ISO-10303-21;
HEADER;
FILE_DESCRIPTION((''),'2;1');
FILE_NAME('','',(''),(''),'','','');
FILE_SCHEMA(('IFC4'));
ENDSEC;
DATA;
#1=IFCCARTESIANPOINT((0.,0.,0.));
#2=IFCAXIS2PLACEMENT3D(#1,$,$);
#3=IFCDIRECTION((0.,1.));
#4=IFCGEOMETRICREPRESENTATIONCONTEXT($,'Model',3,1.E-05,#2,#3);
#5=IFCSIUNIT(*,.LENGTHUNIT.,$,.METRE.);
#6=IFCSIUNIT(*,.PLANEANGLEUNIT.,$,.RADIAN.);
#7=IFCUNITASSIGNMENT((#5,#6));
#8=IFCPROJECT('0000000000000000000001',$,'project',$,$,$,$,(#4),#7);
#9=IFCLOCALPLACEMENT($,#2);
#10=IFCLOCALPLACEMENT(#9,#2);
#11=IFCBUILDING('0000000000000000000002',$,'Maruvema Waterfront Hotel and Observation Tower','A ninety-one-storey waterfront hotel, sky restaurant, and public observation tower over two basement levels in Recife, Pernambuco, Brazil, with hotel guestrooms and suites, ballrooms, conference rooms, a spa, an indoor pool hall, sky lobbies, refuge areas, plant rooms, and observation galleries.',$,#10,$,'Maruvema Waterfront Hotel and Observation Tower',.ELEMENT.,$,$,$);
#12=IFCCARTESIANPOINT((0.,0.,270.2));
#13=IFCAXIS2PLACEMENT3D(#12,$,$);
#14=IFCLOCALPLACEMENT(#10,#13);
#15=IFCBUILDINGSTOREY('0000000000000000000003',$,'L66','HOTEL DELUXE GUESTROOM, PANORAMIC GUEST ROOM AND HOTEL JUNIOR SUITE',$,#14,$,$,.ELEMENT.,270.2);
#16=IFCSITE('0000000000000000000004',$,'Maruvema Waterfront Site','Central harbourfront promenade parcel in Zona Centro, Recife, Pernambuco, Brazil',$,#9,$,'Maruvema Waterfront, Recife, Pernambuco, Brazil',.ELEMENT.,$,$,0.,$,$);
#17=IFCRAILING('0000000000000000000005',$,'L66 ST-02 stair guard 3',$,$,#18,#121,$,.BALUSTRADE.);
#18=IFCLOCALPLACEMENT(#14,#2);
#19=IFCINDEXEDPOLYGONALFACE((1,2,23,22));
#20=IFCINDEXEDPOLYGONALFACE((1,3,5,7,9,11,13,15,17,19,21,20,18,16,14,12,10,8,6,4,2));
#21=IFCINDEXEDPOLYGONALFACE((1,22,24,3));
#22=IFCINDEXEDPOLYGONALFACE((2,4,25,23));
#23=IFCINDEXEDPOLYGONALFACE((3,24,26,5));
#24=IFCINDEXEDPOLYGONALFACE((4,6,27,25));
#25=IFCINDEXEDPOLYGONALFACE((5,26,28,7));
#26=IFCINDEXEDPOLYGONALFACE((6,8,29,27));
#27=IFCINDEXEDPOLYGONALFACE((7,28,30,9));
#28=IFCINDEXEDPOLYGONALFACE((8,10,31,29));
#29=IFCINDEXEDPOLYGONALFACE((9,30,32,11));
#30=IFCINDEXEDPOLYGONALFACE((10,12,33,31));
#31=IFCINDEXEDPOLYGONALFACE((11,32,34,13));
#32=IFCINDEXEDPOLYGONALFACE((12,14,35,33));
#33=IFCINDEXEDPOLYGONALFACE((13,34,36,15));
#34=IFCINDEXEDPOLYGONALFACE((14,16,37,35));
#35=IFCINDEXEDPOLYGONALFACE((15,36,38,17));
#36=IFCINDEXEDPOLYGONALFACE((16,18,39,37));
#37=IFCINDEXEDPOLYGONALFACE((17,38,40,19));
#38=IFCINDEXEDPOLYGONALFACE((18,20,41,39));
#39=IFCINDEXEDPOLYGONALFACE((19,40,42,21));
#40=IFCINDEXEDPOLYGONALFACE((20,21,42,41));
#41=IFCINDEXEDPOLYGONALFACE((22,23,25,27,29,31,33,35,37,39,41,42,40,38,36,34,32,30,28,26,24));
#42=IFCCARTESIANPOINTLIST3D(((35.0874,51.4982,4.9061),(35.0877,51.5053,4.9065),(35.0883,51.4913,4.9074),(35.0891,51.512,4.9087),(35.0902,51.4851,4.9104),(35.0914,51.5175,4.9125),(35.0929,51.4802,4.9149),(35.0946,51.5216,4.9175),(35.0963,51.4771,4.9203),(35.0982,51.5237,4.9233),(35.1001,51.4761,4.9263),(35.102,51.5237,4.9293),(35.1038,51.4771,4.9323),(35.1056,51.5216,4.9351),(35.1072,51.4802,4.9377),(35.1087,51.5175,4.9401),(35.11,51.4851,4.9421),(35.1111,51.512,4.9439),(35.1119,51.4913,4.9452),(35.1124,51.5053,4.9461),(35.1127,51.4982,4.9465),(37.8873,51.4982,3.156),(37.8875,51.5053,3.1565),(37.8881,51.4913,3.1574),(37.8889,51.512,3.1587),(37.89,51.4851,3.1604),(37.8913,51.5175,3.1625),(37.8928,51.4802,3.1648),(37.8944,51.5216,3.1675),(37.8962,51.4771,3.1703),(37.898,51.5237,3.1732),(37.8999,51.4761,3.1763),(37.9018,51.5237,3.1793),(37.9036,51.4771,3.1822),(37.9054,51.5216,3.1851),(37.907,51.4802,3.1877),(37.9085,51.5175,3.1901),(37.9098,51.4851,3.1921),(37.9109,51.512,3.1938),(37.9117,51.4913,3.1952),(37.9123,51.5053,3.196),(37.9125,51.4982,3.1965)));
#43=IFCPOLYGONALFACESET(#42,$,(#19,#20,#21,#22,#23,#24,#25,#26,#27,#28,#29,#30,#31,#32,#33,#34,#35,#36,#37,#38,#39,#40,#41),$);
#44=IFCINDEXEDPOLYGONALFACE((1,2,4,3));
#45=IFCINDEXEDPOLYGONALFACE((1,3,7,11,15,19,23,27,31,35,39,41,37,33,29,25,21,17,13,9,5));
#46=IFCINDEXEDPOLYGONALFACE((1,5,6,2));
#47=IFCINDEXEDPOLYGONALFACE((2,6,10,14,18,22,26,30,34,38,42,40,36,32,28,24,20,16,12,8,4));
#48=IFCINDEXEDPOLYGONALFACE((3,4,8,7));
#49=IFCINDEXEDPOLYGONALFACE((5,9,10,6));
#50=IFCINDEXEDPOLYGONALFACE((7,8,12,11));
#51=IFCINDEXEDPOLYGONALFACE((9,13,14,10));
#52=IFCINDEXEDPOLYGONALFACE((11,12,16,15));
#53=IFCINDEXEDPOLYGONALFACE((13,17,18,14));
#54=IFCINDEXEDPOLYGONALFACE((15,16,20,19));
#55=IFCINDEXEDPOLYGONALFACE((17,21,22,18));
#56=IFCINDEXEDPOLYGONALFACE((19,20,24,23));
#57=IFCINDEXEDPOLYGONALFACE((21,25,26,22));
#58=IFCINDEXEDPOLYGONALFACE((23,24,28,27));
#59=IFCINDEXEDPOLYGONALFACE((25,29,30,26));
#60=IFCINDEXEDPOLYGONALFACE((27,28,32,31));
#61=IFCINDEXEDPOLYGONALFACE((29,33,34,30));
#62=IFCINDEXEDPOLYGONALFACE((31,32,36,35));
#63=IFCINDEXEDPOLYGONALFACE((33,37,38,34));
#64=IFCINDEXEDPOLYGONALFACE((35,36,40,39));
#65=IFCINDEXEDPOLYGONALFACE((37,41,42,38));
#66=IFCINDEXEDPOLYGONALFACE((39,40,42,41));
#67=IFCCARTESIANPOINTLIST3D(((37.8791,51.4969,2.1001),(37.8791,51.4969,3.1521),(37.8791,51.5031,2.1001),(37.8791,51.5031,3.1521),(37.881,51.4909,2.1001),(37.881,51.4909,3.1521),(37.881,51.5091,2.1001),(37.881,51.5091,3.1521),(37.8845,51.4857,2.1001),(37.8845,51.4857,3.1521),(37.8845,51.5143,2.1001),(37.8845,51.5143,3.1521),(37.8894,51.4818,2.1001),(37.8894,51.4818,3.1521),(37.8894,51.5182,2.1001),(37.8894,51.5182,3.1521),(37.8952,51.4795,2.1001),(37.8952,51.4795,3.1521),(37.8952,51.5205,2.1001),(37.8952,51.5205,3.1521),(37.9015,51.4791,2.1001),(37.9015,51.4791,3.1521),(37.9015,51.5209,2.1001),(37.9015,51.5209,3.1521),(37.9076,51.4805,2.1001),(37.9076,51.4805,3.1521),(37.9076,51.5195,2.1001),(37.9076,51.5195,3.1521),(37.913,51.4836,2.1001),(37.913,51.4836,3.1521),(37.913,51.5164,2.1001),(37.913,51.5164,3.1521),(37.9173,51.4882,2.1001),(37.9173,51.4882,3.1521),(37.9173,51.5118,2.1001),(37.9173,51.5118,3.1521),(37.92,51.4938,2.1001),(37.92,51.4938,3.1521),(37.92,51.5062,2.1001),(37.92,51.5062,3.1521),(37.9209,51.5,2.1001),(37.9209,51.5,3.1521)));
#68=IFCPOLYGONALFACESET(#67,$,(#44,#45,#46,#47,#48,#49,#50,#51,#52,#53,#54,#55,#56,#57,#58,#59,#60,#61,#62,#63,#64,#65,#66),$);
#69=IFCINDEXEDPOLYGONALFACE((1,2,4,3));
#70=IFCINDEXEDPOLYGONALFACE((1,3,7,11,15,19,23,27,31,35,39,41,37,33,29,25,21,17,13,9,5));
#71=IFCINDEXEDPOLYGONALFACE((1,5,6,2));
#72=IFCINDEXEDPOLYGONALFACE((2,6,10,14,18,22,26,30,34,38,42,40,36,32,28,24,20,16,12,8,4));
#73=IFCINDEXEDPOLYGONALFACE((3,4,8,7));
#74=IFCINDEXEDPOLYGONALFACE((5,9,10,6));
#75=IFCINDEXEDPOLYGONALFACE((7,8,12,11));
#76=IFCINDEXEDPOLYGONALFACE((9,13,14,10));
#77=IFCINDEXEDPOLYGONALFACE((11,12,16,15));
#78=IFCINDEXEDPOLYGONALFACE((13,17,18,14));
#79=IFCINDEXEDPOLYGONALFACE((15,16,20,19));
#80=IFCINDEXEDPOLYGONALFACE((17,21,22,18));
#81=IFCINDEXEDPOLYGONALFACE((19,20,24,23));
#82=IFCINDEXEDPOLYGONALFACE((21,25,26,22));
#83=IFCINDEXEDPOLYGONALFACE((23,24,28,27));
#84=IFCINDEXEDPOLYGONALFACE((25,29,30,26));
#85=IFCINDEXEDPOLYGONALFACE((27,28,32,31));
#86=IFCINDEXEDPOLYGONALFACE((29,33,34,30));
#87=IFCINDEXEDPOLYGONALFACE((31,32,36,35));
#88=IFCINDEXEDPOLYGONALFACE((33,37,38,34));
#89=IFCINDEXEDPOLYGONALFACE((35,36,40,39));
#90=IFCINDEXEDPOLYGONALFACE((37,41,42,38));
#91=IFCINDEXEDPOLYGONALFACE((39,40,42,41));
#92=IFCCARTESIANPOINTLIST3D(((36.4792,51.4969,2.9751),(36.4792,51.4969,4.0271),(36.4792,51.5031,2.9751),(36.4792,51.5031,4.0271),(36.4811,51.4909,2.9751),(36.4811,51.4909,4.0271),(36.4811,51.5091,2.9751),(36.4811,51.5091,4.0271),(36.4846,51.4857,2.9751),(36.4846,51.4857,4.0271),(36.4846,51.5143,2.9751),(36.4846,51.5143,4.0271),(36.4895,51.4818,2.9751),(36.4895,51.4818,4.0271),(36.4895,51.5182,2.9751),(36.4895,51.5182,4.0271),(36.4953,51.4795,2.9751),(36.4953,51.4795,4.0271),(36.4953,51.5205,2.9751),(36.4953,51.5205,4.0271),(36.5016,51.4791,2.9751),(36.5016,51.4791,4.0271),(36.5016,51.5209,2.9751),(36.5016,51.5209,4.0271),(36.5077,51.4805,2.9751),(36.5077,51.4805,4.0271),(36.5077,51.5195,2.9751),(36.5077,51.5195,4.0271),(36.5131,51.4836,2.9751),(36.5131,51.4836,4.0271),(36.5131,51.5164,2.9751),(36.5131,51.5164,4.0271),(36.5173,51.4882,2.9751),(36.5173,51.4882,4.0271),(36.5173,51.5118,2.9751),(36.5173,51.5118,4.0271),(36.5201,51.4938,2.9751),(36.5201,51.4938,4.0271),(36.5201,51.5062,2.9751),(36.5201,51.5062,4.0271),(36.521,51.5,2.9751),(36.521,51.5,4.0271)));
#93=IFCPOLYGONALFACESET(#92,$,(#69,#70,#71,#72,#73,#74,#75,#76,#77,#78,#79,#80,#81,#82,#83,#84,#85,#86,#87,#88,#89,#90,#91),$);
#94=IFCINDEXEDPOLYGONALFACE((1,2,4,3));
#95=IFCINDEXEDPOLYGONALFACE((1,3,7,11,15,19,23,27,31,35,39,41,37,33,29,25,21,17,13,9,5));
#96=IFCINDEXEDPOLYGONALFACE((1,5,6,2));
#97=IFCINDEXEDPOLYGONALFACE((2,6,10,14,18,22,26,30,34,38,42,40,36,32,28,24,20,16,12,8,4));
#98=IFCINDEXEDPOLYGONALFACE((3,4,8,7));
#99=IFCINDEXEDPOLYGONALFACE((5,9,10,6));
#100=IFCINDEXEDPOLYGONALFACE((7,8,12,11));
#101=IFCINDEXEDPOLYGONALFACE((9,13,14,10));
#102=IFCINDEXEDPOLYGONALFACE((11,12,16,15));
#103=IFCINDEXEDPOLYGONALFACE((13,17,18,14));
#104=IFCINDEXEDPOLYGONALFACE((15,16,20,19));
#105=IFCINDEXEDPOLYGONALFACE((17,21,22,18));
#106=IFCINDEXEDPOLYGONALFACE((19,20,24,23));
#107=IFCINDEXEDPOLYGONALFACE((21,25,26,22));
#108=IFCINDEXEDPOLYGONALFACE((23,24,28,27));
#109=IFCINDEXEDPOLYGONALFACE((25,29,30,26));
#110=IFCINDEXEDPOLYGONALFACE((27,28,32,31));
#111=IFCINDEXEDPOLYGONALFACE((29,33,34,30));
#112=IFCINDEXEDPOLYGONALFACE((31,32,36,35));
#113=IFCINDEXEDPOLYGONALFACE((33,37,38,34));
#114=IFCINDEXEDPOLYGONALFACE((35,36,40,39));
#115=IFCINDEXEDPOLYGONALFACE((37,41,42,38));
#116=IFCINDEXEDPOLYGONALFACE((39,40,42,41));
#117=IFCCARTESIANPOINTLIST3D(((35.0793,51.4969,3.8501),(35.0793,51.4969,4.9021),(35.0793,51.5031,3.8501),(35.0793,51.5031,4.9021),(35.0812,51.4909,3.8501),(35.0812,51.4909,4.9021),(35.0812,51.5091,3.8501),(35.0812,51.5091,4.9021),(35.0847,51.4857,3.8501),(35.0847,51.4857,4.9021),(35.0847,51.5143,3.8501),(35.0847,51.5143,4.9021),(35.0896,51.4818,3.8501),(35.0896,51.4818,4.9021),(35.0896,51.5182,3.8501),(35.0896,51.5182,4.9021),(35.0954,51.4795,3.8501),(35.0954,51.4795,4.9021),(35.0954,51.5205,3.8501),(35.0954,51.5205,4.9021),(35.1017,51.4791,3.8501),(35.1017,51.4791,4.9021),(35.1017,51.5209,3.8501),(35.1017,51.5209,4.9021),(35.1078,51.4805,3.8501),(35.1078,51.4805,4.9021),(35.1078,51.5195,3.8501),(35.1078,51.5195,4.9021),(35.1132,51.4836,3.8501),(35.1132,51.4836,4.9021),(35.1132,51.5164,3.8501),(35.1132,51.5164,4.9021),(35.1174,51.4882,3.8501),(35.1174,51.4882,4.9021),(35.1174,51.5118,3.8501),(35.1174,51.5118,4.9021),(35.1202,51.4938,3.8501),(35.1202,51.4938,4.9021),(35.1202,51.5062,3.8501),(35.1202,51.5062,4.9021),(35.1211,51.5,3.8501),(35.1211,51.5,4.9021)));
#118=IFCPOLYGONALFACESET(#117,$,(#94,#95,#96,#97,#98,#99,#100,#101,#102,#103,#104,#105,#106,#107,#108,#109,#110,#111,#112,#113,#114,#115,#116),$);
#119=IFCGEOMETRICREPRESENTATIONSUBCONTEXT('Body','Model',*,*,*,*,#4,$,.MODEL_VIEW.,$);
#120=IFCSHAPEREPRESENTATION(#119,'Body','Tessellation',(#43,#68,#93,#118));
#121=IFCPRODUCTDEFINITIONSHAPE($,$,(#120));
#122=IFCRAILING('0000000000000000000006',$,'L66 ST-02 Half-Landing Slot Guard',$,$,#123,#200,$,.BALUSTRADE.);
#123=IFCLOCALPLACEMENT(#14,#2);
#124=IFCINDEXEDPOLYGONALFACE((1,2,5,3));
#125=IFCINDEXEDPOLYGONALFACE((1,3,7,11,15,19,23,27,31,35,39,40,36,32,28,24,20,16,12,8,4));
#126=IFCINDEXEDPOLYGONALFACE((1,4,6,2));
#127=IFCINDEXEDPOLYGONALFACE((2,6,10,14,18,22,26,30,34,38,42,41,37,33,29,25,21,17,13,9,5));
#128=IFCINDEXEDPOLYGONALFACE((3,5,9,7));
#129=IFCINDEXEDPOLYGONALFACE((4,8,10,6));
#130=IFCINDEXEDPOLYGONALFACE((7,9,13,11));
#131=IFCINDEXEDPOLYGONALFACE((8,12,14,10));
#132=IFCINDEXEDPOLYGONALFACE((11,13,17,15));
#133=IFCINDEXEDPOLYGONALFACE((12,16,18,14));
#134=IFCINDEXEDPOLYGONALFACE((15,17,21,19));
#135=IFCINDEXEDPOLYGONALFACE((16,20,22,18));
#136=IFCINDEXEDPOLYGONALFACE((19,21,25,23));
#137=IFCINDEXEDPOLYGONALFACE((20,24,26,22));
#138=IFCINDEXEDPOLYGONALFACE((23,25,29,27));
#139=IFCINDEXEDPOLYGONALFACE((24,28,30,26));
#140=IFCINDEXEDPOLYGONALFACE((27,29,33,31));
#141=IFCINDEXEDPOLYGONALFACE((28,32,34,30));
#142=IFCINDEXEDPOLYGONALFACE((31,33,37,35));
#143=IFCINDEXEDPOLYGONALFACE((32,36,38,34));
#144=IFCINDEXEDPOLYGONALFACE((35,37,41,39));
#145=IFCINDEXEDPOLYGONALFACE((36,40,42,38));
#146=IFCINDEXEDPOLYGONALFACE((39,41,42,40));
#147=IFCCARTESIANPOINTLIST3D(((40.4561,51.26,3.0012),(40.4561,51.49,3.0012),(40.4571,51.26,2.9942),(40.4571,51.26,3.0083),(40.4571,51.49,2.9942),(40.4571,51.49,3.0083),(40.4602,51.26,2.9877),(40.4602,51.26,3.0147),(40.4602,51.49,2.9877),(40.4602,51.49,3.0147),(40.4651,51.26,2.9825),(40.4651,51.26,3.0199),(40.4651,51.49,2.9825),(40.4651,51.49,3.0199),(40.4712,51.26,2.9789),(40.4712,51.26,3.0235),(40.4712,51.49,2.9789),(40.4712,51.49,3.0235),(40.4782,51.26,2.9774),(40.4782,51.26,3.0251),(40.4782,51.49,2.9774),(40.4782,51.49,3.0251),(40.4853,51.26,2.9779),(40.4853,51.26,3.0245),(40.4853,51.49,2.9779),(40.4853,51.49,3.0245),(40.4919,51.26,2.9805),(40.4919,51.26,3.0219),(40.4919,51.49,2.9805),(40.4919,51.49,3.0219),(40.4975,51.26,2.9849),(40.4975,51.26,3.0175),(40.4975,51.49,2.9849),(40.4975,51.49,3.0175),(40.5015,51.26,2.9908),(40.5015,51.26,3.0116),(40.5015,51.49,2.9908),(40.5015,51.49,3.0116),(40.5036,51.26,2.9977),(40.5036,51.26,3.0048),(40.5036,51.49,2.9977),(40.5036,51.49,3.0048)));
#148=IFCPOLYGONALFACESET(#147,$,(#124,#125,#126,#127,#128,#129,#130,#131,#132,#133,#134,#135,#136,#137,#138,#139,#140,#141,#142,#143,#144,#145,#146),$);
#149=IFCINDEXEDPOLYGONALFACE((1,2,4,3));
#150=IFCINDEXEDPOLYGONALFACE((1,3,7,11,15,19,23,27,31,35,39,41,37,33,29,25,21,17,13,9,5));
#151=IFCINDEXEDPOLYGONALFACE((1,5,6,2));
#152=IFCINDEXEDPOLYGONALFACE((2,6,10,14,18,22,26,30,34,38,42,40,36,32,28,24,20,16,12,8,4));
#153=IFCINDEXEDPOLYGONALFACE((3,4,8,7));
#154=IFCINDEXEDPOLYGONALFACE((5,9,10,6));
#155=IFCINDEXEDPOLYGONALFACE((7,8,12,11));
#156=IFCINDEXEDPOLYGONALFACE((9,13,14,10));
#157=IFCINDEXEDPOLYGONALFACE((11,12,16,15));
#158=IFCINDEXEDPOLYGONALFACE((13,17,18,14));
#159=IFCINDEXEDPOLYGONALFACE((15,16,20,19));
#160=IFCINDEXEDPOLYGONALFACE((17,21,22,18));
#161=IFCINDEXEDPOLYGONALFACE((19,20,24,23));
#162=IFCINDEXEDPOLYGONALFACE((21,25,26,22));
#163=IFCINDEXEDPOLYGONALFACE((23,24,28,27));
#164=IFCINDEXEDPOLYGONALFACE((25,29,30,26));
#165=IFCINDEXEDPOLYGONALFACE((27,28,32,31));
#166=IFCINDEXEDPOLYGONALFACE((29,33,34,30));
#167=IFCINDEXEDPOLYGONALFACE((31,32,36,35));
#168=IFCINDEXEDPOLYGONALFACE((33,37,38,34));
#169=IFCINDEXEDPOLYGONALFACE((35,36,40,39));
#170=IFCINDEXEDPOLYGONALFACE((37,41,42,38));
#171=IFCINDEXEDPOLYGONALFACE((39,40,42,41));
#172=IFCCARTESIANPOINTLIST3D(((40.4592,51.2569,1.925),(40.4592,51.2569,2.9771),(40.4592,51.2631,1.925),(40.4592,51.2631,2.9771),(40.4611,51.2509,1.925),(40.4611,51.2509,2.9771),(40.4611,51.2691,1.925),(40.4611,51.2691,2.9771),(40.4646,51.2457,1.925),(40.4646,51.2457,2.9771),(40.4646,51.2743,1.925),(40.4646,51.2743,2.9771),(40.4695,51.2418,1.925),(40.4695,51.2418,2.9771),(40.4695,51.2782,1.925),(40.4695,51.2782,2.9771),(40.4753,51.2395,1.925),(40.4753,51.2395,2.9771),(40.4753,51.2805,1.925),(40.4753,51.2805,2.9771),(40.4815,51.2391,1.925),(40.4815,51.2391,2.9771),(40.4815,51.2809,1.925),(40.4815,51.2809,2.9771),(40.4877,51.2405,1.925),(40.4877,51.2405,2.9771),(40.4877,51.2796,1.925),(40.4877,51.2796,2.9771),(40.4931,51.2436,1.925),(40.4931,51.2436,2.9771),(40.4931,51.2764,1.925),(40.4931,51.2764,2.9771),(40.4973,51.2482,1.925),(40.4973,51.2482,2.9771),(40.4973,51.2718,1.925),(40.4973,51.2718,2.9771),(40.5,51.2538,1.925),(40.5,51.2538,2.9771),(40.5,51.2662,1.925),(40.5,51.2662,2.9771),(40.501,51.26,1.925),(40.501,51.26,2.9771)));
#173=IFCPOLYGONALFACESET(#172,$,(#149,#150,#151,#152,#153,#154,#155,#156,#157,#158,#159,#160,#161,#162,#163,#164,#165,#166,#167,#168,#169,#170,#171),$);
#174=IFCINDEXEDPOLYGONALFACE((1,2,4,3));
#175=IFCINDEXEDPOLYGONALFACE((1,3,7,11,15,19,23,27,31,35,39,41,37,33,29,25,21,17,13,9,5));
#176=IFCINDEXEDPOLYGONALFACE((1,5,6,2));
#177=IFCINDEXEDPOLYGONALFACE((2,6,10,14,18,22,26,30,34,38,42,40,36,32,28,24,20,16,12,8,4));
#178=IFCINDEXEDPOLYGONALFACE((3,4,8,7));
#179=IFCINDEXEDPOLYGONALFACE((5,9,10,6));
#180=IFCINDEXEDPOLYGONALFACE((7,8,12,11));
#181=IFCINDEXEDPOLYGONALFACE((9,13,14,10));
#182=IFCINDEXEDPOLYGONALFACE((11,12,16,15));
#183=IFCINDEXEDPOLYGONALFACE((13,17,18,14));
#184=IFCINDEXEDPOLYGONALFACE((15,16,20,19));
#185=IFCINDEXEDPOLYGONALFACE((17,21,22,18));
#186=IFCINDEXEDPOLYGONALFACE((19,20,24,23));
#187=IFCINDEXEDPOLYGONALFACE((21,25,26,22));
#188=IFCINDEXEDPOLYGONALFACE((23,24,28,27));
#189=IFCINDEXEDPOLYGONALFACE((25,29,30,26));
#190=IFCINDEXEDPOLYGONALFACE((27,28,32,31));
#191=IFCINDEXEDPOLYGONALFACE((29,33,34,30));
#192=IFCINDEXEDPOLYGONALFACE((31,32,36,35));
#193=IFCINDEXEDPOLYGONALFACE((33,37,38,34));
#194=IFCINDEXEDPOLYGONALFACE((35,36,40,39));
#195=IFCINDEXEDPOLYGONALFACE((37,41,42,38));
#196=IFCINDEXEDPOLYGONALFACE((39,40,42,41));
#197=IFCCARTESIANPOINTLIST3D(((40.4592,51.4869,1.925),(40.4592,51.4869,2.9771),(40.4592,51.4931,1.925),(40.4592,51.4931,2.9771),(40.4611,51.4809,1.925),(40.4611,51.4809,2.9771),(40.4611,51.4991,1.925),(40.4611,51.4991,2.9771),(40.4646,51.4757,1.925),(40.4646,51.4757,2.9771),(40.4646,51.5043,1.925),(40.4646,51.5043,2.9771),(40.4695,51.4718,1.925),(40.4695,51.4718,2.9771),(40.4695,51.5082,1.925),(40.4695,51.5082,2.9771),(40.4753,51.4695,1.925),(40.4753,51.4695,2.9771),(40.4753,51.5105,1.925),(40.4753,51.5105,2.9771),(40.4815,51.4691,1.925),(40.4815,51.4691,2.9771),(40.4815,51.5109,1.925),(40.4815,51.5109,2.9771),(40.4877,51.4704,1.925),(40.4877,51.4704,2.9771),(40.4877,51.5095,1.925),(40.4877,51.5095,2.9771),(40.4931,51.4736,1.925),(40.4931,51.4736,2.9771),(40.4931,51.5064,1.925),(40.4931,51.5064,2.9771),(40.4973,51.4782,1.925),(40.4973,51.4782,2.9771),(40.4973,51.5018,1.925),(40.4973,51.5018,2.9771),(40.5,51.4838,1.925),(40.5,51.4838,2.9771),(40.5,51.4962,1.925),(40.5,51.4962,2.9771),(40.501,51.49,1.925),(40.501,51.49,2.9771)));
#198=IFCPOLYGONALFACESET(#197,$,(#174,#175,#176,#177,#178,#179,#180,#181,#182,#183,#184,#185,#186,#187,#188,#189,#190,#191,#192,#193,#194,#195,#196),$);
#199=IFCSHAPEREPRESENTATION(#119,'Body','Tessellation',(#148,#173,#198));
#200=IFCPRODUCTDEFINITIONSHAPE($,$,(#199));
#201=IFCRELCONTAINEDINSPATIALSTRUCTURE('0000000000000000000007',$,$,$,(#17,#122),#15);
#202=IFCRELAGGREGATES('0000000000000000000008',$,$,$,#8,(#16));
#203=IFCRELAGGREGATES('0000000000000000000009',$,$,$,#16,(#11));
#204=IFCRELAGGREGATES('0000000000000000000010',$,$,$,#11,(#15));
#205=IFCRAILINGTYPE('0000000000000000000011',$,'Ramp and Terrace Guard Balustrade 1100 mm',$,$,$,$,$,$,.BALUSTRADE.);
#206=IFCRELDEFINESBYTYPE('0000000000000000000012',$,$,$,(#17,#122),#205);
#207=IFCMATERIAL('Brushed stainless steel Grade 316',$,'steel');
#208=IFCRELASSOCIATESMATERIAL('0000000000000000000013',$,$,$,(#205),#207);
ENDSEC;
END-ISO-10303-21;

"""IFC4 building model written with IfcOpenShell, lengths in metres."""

from ifc_helpers import new_model, si_unit, direction, frame, origin, origin_2d, place, context, subcontext, project, spatial, circle, extrude, material, type_object, element, save


model = new_model("IFC4")

# Units and contexts
model_context = context("Model", 3, precision=1e-05, world=origin(), true_north=direction((0.0, 1.0)))
body_context = subcontext(model_context, "Body", "Model", "MODEL_VIEW")
ifc_project = project(units=[si_unit("LENGTHUNIT", "METRE"), si_unit("PLANEANGLEUNIT", "RADIAN")], contexts=[model_context])

# Site, building, storey
site_placement = place(None, origin())
site = spatial("IfcSite", under=ifc_project, at=site_placement, Name="Maruvema Waterfront Site", Description="Central harbourfront promenade parcel in Zona Centro, Recife, Pernambuco, Brazil", LongName="Maruvema Waterfront, Recife, Pernambuco, Brazil", CompositionType="ELEMENT", RefElevation=0.0)
building_placement = place(site_placement, origin())
building = spatial("IfcBuilding", under=site, at=building_placement, Name="Maruvema Waterfront Hotel and Observation Tower", Description="A ninety-one-storey waterfront hotel, sky restaurant, and public observation tower over two basement levels in Recife, Pernambuco, Brazil, with hotel guestrooms and suites, ballrooms, conference rooms, a spa, an indoor pool hall, sky lobbies, refuge areas, plant rooms, and observation galleries.", LongName="Maruvema Waterfront Hotel and Observation Tower", CompositionType="ELEMENT")
storey_placement = place(building_placement, frame((0.0, 0.0, 270.2)))
storey = spatial("IfcBuildingStorey", under=building, at=storey_placement, Name="L66", Description="HOTEL DELUXE GUESTROOM, PANORAMIC GUEST ROOM AND HOTEL JUNIOR SUITE", CompositionType="ELEMENT", Elevation=270.2)

# Railings
ifc_material_1 = material(Name="Brushed stainless steel Grade 316", Category="steel")
railing_type_1 = type_object("IfcRailingType", Name="Ramp and Terrace Guard Balustrade 1100 mm", PredefinedType="BALUSTRADE", material=ifc_material_1)
railing_1_placement = place(storey_placement, frame((37.8999, 51.5, 2.1001)))
element("IfcRailing", 1, at=railing_1_placement, inside=storey, type_object=railing_type_1, Name="L66 ST-02 stair guard 3", PredefinedType="BALUSTRADE", context=body_context, shape_type="SweptSolid", body=[
    extrude(circle(Radius=0.0239, at=origin_2d()), frame((0.0, 0.0, 1.0762), z_axis=(-0.847982, 0.0, 0.530026), x_axis=(0.0, -1.0, 0.0)), (0.0, 0.0, 1.0), 3.3018),
    extrude(circle(Radius=0.021, at=origin_2d()), origin(), (0.0, 0.0, 1.0), 1.052),
    extrude(circle(Radius=0.021, at=origin_2d()), frame((-1.3999, 0.0, 0.875)), (0.0, 0.0, 1.0), 1.052),
    extrude(circle(Radius=0.021, at=origin_2d()), frame((-2.7998, 0.0, 1.75)), (0.0, 0.0, 1.0), 1.052),
])
railing_2_placement = place(storey_placement, frame((40.48, 51.26, 1.925)))
element("IfcRailing", 2, at=railing_2_placement, inside=storey, type_object=railing_type_1, Name="L66 ST-02 Half-Landing Slot Guard", PredefinedType="BALUSTRADE", context=body_context, shape_type="SweptSolid", body=[
    extrude(circle(Radius=0.0239, at=origin_2d()), frame((0.0, 0.0, 1.0762), z_axis=(0.0, 1.0, 0.0), x_axis=(-1.0, 0.0, 0.0)), (0.0, 0.0, 1.0), 0.23),
    extrude(circle(Radius=0.021, at=origin_2d()), origin(), (0.0, 0.0, 1.0), 1.052),
    extrude(circle(Radius=0.021, at=origin_2d()), frame((0.0, 0.23, 0.0)), (0.0, 0.0, 1.0), 1.052),
])

save(model, "model.ifc")
